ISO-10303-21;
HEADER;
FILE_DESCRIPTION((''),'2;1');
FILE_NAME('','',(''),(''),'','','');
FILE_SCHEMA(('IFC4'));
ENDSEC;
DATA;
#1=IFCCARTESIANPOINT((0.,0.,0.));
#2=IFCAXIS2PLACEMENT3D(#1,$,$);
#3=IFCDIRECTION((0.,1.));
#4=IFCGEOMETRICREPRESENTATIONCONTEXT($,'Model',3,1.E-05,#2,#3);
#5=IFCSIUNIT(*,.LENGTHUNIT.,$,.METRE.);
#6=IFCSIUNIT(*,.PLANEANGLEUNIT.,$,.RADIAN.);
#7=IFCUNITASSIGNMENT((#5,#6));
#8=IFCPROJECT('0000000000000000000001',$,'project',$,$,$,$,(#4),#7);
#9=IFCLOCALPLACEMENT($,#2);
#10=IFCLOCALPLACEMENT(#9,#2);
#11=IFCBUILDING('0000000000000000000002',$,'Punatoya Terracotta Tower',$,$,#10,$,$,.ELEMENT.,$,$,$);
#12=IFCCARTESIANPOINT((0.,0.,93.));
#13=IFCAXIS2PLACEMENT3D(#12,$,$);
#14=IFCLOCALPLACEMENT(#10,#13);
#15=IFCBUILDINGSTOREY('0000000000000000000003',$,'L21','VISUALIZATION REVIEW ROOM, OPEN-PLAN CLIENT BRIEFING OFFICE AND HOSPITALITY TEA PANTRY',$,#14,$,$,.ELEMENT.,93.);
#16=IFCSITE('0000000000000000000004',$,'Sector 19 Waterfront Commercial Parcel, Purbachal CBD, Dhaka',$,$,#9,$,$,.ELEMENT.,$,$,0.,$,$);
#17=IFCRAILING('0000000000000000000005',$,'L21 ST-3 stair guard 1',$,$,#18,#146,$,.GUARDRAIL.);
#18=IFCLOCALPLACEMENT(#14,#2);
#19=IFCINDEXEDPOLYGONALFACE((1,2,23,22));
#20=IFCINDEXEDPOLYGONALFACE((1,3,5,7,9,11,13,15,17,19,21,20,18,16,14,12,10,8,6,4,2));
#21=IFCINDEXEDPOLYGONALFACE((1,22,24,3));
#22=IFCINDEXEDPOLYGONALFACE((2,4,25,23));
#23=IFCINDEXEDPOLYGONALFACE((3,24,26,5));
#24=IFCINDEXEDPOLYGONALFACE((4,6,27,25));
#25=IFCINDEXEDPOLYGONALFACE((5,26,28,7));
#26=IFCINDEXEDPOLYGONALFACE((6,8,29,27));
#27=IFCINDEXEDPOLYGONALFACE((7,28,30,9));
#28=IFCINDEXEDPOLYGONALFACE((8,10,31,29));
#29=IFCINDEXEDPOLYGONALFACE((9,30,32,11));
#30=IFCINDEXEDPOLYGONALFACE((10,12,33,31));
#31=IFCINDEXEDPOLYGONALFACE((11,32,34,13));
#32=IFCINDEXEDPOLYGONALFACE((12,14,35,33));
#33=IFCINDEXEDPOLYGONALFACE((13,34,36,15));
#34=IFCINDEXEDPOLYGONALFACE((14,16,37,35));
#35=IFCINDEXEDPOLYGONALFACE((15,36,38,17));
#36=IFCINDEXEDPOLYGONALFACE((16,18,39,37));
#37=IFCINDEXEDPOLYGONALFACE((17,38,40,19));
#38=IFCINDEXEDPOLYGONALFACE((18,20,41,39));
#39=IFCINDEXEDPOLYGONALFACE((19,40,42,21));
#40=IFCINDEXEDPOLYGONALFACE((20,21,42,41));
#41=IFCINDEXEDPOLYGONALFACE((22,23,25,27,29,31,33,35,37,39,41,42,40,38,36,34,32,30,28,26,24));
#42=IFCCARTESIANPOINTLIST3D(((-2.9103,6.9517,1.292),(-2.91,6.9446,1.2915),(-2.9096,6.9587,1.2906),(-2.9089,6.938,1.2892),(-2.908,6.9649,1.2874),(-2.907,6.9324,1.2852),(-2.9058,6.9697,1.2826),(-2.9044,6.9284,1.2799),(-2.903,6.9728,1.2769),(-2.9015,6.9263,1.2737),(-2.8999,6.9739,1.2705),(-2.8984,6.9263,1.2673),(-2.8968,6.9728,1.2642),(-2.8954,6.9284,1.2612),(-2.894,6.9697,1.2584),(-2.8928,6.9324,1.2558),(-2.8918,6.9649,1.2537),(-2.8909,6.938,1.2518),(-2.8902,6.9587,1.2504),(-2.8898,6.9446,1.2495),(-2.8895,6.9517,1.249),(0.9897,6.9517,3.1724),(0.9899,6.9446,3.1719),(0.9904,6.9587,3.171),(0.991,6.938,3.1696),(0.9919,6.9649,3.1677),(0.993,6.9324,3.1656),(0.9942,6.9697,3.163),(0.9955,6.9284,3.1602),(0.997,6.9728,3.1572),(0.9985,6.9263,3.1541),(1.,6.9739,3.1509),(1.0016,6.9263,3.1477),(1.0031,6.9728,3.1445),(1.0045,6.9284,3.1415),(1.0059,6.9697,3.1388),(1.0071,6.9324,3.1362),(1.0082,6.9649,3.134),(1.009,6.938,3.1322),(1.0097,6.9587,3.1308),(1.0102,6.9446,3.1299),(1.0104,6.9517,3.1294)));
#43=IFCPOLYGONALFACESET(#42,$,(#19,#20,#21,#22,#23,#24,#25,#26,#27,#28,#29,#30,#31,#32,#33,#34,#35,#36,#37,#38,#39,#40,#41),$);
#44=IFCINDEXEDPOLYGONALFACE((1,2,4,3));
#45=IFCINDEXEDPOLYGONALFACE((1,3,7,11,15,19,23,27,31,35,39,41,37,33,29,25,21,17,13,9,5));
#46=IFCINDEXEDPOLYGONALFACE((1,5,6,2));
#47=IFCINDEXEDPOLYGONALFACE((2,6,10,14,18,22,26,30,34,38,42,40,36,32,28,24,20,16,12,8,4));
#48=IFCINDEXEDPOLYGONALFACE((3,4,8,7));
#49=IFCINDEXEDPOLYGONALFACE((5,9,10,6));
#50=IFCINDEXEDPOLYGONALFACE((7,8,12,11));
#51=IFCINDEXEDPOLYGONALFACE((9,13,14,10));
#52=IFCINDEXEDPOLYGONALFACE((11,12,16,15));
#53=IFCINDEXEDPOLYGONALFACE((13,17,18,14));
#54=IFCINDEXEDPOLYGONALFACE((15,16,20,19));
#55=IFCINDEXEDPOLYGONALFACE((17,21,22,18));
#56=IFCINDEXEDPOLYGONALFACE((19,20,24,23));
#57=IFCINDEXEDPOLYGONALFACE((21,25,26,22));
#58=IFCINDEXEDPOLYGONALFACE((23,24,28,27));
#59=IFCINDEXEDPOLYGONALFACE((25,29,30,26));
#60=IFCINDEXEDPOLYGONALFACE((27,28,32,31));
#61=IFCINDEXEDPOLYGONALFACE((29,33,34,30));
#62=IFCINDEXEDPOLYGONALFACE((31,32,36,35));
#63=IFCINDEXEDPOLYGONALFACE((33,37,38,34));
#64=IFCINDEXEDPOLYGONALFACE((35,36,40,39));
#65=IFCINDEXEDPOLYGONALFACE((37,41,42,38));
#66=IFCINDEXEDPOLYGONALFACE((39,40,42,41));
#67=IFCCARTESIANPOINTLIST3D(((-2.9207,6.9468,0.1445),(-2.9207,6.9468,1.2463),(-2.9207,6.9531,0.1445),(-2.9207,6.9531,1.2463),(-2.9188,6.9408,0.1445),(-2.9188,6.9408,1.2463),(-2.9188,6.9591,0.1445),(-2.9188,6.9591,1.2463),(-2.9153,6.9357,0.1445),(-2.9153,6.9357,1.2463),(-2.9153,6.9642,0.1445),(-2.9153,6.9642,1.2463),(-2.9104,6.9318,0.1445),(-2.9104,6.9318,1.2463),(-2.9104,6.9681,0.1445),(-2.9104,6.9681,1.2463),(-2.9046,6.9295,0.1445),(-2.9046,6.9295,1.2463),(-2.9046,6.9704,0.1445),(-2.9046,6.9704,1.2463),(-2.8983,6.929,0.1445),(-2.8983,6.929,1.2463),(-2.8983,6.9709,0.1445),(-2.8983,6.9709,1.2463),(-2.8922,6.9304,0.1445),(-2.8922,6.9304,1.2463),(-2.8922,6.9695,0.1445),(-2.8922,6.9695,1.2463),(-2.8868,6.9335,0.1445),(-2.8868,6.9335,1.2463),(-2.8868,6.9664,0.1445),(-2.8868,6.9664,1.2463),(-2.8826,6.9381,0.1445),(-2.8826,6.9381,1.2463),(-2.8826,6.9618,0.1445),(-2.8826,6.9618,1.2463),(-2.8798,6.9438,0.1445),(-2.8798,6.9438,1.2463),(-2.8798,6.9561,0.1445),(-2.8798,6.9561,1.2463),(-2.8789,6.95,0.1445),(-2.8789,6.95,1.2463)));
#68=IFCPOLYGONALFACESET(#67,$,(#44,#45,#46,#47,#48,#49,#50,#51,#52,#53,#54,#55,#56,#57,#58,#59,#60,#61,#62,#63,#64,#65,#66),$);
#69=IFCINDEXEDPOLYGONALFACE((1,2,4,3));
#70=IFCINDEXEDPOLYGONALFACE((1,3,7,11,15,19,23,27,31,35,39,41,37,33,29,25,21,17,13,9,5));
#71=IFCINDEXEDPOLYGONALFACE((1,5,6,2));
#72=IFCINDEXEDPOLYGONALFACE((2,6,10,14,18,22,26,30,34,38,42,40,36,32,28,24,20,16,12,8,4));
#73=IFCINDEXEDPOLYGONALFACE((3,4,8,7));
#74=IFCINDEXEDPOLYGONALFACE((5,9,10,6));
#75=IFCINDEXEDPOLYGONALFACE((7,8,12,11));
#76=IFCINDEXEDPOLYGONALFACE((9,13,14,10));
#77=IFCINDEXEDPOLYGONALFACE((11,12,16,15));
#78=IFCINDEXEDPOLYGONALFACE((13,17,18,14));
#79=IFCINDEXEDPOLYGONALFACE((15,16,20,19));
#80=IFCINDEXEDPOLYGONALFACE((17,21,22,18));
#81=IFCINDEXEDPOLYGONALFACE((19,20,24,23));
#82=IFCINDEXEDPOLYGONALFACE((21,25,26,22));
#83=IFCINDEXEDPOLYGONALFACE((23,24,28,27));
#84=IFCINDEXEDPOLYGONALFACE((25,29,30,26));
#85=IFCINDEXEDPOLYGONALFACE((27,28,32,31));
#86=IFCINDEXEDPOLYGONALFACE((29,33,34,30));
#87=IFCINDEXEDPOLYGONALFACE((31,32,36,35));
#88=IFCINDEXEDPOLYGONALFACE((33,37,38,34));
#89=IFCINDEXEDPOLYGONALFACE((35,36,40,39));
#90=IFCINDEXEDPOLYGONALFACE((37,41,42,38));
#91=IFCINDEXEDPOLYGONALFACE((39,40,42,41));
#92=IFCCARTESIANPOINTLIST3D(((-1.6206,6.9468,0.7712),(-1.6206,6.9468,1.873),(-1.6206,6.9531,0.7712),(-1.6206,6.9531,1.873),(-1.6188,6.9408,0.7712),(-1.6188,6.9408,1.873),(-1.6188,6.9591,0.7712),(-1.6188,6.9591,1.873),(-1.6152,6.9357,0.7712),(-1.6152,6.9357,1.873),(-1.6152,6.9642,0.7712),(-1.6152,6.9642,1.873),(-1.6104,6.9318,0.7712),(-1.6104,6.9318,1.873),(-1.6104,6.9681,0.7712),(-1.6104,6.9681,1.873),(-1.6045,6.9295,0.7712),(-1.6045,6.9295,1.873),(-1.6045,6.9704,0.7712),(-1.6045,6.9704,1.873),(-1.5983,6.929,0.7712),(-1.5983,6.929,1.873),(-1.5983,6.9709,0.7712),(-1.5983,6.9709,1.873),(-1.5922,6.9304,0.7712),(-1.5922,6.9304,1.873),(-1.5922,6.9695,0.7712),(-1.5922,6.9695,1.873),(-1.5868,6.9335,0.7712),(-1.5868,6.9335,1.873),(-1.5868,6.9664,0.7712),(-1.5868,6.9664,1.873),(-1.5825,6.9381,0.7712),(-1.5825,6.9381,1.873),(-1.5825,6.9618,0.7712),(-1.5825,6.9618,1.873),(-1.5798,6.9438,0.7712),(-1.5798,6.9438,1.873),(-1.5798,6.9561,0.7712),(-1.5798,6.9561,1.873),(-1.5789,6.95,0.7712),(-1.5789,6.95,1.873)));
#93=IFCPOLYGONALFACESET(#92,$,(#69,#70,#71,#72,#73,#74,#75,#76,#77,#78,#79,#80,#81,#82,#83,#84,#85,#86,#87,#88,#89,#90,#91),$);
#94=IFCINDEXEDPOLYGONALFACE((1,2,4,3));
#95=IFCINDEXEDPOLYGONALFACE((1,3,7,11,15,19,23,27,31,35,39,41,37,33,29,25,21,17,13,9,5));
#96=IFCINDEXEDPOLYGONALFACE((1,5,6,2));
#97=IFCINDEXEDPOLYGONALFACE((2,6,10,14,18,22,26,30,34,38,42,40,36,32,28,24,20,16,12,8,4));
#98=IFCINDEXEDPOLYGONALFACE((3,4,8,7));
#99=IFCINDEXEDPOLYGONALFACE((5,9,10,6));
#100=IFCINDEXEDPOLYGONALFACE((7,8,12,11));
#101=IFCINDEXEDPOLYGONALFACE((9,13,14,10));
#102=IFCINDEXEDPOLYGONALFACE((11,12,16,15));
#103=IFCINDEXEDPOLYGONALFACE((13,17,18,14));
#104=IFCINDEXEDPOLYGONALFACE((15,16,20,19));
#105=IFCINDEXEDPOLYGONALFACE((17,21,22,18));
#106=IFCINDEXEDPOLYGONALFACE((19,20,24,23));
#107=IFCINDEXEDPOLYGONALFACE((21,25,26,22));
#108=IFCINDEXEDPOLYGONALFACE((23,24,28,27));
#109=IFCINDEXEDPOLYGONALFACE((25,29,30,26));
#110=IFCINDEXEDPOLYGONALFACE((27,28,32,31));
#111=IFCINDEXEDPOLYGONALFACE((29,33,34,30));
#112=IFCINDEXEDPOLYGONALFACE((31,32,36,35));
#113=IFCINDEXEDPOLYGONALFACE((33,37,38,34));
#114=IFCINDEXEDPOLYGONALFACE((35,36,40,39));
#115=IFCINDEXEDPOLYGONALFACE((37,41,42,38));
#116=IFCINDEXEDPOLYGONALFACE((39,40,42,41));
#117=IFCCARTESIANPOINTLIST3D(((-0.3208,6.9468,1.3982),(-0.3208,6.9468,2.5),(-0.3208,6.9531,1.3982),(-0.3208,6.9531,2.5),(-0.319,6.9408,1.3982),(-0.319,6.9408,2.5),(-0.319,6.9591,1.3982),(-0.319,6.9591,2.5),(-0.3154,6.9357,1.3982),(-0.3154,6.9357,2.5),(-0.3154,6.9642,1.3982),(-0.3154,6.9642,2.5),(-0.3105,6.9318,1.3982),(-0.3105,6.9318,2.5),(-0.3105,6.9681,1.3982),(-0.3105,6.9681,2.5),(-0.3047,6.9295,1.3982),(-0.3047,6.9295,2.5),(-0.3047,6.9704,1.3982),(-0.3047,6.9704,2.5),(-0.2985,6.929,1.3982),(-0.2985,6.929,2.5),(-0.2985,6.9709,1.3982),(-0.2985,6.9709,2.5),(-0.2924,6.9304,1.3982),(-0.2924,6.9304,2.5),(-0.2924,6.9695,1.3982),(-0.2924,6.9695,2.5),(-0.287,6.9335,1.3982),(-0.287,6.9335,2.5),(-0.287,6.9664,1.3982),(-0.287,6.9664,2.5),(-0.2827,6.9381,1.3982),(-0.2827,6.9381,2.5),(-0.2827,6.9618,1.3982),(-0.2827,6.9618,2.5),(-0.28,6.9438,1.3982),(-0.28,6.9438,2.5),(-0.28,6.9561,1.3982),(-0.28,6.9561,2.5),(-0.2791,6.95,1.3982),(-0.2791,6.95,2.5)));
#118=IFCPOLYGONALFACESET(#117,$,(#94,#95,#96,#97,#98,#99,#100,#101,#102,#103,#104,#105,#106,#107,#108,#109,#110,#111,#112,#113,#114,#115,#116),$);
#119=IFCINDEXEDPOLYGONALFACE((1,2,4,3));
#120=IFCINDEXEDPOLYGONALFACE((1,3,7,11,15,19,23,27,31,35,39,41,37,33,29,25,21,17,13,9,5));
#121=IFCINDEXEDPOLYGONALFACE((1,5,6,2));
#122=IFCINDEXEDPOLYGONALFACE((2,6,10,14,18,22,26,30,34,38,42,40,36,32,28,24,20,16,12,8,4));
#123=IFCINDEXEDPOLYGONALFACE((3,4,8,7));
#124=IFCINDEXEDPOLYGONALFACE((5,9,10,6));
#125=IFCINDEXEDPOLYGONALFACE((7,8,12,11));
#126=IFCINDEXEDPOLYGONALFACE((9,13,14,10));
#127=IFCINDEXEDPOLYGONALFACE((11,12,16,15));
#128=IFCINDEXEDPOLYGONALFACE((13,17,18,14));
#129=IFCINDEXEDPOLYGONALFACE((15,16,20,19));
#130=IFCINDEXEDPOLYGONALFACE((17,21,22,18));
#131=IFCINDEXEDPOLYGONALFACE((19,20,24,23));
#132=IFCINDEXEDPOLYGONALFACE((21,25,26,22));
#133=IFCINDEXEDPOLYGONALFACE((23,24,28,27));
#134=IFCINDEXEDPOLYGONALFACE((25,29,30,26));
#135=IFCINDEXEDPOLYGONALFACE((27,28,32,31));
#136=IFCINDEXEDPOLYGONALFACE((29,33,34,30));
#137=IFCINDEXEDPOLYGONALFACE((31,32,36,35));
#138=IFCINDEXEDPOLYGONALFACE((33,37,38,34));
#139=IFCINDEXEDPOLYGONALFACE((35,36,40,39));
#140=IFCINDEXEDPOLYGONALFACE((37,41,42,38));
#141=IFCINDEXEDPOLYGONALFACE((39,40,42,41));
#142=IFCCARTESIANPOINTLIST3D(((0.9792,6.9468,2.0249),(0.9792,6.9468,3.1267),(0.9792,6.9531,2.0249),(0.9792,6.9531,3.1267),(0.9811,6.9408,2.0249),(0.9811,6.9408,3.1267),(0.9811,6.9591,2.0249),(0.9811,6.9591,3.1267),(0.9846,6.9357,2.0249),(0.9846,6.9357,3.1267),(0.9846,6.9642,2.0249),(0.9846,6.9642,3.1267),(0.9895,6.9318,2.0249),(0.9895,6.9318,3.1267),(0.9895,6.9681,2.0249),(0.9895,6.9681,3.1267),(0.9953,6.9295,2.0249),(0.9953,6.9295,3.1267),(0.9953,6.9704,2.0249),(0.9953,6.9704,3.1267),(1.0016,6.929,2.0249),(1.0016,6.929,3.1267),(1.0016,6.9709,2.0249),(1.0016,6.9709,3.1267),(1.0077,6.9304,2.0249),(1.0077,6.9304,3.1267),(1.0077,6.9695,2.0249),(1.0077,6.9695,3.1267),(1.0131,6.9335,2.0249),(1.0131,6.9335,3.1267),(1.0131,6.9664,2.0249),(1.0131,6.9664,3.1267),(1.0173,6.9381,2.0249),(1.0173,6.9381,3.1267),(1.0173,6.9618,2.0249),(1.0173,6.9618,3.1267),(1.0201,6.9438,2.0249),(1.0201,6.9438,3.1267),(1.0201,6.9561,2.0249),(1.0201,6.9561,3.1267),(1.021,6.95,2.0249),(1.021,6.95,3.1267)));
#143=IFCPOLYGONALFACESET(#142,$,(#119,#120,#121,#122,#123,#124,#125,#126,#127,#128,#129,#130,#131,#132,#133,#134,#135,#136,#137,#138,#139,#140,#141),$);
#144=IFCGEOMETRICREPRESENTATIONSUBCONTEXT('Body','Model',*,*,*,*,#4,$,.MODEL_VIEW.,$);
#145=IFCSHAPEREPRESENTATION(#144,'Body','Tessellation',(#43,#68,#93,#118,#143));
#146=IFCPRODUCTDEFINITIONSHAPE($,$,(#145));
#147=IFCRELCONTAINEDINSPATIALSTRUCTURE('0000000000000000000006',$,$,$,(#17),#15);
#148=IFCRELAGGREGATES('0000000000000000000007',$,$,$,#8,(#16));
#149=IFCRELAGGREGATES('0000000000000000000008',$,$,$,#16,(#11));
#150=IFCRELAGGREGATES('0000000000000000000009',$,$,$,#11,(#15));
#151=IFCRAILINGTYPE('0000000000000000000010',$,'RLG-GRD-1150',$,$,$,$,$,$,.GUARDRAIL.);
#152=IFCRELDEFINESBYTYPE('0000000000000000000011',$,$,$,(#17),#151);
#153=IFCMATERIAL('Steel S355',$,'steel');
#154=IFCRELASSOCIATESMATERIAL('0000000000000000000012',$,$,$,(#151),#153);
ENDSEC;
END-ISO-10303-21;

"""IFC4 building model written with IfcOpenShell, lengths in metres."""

from ifc_helpers import new_model, si_unit, direction, frame, origin, origin_2d, place, context, subcontext, project, spatial, circle, extrude, material, type_object, element, save


model = new_model("IFC4")

# Units and contexts
model_context = context("Model", 3, precision=1e-05, world=origin(), true_north=direction((0.0, 1.0)))
body_context = subcontext(model_context, "Body", "Model", "MODEL_VIEW")
ifc_project = project(units=[si_unit("LENGTHUNIT", "METRE"), si_unit("PLANEANGLEUNIT", "RADIAN")], contexts=[model_context])

# Site, building, storey
site_placement = place(None, origin())
site = spatial("IfcSite", under=ifc_project, at=site_placement, Name="Sector 19 Waterfront Commercial Parcel, Purbachal CBD, Dhaka", CompositionType="ELEMENT", RefElevation=0.0)
building_placement = place(site_placement, origin())
building = spatial("IfcBuilding", under=site, at=building_placement, Name="Punatoya Terracotta Tower", CompositionType="ELEMENT")
storey_placement = place(building_placement, frame((0.0, 0.0, 93.0)))
storey = spatial("IfcBuildingStorey", under=building, at=storey_placement, Name="L21", Description="VISUALIZATION REVIEW ROOM, OPEN-PLAN CLIENT BRIEFING OFFICE AND HOSPITALITY TEA PANTRY", CompositionType="ELEMENT", Elevation=93.0)

# Railing
ifc_material_1 = material(Name="Steel S355", Category="steel")
railing_type_1 = type_object("IfcRailingType", Name="RLG-GRD-1150", PredefinedType="GUARDRAIL", material=ifc_material_1)
railing_1_placement = place(storey_placement, frame((-2.8999, 6.95, 0.1445)))
element("IfcRailing", 1, at=railing_1_placement, inside=storey, type_object=railing_type_1, Name="L21 ST-3 stair guard 1", PredefinedType="GUARDRAIL", context=body_context, shape_type="SweptSolid", body=[
    extrude(circle(Radius=0.0239, at=origin_2d()), frame((0.0, 0.0, 1.126), z_axis=(0.900763, 0.0, 0.434311), x_axis=(0.0, 1.0, 0.0)), (0.0, 0.0, 1.0), 4.3296),
    extrude(circle(Radius=0.021, at=origin_2d()), origin(), (0.0, 0.0, 1.0), 1.1018),
    extrude(circle(Radius=0.021, at=origin_2d()), frame((1.3, 0.0, 0.6267)), (0.0, 0.0, 1.0), 1.1018),
    extrude(circle(Radius=0.021, at=origin_2d()), frame((2.5999, 0.0, 1.2537)), (0.0, 0.0, 1.0), 1.1018),
    extrude(circle(Radius=0.021, at=origin_2d()), frame((3.8999, 0.0, 1.8804)), (0.0, 0.0, 1.0), 1.1018),
])

save(model, "model.ifc")
